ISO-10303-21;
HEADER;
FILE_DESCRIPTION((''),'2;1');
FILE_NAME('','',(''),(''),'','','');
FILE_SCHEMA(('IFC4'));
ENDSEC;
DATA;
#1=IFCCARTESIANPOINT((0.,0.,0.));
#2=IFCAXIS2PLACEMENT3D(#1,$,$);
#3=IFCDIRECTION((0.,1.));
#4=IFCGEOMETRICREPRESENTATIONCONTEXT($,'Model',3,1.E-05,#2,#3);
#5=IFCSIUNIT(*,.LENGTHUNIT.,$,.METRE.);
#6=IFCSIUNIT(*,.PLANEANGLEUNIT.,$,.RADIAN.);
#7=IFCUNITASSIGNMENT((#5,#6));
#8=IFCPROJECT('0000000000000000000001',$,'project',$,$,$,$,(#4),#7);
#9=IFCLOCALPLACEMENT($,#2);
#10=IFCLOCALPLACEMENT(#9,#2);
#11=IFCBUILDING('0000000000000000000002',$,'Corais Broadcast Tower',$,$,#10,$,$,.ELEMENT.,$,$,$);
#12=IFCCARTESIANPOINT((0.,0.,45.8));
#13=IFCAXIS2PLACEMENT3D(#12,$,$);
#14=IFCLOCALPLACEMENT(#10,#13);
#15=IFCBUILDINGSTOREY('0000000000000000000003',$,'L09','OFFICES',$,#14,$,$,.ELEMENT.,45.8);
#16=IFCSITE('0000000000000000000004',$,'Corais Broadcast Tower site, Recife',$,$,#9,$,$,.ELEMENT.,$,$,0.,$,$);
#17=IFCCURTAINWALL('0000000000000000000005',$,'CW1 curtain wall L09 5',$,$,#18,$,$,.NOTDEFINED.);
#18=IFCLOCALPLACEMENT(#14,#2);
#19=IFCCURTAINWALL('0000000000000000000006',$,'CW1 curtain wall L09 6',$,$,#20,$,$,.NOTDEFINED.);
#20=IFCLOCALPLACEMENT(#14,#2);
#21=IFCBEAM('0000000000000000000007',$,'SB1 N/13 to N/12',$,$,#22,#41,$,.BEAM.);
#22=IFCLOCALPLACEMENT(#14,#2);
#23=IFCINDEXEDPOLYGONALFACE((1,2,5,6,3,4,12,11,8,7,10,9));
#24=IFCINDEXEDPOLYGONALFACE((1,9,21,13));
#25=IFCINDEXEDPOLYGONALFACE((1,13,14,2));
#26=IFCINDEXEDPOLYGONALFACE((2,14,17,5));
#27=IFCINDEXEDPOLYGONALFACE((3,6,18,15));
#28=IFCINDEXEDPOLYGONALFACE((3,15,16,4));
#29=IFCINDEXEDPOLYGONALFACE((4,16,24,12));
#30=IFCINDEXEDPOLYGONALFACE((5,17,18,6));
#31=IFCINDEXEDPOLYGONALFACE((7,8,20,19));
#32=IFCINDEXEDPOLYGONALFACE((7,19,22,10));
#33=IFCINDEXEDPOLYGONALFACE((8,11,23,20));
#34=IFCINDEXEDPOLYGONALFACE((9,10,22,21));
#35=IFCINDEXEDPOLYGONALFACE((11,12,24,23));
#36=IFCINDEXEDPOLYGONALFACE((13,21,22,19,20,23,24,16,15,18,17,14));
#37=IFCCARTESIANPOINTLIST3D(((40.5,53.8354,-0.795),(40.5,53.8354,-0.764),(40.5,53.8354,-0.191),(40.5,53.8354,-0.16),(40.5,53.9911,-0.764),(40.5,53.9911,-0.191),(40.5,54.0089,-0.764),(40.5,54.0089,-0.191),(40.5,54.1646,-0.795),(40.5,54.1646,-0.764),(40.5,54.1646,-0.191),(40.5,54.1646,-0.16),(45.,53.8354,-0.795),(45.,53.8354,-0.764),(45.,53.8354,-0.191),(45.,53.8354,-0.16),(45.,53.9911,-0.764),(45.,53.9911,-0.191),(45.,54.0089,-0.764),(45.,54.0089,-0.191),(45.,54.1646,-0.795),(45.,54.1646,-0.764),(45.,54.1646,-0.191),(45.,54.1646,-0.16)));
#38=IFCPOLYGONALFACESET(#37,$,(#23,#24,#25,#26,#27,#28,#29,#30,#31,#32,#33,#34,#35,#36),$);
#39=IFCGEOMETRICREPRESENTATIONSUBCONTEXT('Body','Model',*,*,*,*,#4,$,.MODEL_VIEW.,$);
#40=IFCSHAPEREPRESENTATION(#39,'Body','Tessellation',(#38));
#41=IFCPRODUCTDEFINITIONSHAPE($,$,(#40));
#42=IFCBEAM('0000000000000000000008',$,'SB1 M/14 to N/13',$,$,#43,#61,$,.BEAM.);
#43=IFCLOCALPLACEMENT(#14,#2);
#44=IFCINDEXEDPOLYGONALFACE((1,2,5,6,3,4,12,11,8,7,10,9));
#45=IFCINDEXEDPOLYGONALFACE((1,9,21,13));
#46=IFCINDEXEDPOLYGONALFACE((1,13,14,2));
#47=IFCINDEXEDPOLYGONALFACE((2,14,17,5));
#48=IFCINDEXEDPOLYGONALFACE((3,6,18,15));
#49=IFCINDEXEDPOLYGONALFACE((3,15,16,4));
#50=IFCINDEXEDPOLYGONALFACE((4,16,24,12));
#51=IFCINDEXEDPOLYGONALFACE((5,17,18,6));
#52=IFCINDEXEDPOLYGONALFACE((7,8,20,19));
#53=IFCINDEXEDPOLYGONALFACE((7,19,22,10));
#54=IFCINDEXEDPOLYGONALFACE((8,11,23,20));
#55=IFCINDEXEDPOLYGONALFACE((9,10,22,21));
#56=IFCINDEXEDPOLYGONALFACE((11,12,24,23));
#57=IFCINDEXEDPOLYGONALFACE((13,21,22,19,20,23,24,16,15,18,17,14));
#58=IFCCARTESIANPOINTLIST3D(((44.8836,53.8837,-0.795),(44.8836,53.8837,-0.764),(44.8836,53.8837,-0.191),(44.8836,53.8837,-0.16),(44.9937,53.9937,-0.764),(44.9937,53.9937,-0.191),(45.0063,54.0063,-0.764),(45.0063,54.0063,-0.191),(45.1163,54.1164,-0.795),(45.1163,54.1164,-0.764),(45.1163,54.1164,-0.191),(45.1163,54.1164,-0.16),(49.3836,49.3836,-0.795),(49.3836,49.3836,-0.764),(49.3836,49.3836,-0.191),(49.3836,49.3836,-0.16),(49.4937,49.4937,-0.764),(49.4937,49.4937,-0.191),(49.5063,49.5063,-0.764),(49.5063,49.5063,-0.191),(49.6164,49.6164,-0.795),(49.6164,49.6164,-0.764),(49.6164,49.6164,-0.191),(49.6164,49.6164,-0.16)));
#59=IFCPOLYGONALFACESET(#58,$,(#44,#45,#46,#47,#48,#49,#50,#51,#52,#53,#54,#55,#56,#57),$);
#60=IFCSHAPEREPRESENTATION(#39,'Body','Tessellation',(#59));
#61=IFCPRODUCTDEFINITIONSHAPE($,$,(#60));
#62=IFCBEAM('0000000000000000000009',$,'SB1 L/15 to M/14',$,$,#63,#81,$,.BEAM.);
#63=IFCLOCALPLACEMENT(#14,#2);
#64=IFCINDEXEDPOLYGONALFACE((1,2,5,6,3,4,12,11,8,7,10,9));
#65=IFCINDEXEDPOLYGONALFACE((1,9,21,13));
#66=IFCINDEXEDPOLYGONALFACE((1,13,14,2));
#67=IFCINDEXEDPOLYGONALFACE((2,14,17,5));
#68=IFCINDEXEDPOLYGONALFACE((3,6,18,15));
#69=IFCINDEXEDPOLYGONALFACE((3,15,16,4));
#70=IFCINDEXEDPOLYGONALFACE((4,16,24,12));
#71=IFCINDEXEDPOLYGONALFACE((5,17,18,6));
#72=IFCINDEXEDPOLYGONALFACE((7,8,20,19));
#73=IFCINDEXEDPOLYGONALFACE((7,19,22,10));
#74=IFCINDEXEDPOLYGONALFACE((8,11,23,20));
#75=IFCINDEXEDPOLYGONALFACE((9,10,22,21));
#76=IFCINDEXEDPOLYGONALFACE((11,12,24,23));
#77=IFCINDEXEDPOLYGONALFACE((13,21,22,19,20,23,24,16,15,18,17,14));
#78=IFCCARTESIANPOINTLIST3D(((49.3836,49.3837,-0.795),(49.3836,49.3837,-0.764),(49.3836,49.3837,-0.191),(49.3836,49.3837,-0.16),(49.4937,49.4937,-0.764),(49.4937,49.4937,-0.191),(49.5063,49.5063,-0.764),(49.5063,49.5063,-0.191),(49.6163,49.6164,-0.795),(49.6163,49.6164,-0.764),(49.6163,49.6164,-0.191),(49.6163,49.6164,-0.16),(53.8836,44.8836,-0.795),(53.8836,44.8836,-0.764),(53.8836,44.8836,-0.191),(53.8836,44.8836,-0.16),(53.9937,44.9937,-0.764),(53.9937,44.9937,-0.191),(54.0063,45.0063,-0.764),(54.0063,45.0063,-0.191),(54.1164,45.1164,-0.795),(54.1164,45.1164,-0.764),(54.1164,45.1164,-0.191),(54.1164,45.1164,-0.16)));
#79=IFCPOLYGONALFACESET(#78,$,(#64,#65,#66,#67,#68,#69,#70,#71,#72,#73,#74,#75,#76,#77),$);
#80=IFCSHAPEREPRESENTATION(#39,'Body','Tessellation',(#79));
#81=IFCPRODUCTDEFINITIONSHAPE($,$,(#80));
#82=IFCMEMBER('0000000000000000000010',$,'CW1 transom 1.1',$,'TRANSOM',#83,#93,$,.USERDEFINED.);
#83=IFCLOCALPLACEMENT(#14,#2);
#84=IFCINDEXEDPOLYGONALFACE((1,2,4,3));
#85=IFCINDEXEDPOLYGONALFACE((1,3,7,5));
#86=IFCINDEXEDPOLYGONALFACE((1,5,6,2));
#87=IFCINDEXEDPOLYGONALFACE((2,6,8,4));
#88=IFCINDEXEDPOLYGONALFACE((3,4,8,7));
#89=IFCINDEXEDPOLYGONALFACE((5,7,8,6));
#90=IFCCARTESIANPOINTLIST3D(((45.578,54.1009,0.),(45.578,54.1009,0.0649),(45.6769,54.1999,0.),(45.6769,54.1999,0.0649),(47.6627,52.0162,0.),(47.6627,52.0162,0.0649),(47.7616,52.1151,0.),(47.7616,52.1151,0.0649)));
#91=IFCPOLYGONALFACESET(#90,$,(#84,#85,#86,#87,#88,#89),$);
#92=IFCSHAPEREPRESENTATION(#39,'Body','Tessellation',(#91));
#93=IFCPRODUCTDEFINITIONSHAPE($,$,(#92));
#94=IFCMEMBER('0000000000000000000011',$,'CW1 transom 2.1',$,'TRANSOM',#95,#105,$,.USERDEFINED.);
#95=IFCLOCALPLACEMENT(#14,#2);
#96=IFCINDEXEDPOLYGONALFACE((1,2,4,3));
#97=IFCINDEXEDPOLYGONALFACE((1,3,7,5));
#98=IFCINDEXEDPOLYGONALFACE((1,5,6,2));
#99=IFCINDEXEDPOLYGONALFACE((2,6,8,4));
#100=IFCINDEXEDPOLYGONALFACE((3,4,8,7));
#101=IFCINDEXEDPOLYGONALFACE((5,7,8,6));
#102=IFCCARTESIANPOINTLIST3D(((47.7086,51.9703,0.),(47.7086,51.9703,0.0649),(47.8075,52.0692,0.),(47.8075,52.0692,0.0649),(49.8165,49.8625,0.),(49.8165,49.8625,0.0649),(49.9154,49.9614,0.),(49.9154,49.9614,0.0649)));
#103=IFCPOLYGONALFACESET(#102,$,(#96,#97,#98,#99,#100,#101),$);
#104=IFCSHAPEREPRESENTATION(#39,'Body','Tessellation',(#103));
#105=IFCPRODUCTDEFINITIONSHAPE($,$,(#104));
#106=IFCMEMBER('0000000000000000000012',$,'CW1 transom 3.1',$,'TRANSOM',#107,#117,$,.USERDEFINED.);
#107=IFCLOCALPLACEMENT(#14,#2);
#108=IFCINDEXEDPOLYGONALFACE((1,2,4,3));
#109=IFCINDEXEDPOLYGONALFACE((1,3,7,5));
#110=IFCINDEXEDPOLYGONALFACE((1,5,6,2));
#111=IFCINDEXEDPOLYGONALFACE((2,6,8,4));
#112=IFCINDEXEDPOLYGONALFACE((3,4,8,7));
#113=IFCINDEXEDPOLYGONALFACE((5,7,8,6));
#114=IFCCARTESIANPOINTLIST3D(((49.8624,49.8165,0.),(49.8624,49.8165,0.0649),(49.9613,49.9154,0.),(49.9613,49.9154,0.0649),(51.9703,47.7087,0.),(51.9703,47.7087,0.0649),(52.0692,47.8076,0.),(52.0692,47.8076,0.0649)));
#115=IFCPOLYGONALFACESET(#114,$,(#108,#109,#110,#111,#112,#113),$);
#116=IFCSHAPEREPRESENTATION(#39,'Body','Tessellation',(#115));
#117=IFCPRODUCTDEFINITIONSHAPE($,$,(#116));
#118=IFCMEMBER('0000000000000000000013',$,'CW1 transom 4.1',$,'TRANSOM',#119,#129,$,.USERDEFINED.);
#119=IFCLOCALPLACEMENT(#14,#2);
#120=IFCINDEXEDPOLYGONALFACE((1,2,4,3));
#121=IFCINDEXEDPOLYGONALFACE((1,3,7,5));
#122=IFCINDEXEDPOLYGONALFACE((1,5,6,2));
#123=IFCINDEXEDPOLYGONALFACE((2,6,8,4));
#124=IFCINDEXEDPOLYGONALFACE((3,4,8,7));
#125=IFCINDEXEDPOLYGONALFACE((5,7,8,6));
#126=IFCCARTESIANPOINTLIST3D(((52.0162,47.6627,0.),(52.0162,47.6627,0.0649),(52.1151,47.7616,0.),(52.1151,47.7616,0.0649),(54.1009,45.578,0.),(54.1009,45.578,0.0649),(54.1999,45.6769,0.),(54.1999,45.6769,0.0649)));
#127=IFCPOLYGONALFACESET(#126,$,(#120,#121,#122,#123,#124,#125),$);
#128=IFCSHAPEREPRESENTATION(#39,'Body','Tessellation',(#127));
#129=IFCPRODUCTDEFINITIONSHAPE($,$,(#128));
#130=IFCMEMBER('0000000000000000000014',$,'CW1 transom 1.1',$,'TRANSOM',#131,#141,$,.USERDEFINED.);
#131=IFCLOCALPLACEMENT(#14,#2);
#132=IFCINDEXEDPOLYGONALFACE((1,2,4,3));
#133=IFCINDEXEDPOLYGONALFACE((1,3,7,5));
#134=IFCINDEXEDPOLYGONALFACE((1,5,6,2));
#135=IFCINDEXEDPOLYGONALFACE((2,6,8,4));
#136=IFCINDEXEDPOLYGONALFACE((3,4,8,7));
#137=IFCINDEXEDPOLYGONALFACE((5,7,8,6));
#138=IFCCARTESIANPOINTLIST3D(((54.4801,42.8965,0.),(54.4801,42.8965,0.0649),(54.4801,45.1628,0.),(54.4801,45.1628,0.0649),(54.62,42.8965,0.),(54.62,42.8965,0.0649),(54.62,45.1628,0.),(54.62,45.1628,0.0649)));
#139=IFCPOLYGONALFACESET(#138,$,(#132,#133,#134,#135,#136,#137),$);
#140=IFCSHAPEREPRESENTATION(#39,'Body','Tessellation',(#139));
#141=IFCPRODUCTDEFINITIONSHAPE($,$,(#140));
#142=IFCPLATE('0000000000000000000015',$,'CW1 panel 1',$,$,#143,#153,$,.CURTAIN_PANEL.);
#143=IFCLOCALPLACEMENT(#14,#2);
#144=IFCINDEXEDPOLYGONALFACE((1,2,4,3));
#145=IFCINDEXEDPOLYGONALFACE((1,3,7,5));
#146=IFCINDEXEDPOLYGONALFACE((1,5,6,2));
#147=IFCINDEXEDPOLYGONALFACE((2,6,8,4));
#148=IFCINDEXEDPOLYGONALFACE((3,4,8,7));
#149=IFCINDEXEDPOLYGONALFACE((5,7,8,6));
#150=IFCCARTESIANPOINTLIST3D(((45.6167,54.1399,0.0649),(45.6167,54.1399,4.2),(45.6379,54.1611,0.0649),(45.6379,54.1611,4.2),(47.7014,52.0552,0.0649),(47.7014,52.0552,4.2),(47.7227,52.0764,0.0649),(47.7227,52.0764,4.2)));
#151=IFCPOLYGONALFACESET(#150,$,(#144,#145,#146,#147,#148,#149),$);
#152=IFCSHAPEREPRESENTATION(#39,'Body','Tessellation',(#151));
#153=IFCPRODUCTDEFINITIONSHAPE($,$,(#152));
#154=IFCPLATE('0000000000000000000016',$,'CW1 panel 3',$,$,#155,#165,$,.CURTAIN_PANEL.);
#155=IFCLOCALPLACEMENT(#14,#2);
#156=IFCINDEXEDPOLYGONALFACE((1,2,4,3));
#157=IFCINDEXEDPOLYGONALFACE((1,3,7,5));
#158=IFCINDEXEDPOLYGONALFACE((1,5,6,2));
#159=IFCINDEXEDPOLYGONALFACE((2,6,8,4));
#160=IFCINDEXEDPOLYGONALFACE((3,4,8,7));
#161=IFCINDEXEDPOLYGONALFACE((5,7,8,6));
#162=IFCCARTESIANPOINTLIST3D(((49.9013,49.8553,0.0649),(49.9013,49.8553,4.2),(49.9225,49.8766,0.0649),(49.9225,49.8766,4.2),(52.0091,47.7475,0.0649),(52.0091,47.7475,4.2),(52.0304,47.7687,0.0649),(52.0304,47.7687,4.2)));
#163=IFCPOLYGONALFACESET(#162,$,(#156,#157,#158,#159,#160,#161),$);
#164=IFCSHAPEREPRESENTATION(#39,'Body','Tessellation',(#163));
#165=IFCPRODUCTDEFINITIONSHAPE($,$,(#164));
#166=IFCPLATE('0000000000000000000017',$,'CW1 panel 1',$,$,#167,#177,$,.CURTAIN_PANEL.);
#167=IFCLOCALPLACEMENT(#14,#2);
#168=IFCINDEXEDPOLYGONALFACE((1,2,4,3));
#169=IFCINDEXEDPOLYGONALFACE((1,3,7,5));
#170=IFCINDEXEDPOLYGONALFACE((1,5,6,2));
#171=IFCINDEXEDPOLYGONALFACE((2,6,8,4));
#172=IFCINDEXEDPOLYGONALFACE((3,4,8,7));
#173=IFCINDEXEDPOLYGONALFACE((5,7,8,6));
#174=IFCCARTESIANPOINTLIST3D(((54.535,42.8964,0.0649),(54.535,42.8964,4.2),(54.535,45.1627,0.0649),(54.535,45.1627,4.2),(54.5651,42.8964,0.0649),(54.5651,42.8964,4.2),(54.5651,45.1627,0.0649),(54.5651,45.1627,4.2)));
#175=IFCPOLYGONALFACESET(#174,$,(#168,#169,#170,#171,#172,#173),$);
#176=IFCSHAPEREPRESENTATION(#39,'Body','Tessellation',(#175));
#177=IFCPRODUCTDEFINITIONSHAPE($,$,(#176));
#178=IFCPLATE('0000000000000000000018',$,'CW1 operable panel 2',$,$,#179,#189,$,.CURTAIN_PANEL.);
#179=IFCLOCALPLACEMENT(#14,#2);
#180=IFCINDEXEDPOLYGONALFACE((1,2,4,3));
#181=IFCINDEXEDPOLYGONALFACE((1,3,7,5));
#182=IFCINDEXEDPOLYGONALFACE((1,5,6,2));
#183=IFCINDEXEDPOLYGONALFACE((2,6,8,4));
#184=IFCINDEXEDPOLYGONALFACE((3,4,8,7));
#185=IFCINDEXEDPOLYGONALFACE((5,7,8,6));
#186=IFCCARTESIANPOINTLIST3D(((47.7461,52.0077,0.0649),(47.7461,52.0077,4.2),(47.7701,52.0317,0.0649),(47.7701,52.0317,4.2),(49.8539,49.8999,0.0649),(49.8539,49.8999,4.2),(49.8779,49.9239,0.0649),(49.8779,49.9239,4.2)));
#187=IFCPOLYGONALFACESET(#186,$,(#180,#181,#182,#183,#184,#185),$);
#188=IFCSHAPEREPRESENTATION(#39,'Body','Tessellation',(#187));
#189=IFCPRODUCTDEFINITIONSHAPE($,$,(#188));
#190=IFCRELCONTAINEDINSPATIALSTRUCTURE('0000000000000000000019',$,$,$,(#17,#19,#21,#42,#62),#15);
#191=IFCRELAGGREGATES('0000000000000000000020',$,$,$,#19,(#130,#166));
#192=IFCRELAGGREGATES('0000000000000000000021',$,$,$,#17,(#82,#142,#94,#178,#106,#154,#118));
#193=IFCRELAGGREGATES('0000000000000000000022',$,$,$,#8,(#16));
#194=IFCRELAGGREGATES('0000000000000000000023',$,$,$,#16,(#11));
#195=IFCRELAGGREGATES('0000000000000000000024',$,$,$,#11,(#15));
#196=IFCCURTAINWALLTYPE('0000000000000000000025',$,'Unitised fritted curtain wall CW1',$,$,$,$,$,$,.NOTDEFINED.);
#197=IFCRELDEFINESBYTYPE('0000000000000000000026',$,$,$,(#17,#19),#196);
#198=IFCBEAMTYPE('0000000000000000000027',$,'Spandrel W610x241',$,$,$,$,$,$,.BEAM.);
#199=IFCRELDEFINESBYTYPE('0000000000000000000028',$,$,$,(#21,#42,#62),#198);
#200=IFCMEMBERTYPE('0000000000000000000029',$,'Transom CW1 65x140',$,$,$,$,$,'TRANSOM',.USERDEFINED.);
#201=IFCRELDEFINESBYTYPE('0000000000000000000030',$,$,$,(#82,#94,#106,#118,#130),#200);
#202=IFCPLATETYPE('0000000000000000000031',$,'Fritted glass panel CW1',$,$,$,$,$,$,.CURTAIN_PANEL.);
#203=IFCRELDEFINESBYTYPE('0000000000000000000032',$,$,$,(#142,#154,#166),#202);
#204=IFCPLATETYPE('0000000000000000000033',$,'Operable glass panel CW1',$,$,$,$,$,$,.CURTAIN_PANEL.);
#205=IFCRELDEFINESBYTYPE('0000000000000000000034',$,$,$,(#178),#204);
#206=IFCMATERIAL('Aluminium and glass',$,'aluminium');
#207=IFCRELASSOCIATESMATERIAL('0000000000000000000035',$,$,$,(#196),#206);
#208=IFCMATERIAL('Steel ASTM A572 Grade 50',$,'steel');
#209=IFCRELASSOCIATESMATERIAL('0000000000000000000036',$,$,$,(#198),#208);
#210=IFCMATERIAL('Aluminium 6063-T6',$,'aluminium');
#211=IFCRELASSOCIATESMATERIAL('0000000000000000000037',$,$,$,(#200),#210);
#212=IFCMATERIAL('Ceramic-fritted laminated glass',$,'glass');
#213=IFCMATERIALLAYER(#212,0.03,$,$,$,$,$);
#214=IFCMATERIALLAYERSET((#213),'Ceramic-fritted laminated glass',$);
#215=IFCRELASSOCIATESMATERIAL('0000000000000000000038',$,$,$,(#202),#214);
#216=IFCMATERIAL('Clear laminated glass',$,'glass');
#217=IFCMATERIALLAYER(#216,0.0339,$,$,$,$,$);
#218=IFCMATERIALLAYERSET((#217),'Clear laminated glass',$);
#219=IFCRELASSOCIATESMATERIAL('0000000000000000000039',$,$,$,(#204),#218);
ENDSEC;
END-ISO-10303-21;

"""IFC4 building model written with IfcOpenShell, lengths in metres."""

from ifc_helpers import new_model, si_unit, direction, frame, origin, origin_2d, place, context, subcontext, project, spatial, rectangle, i_section, extrude, material, layer, layer_set, material_profile, profile_set, type_object, element, aggregate, save


model = new_model("IFC4")

# Units and contexts
model_context = context("Model", 3, precision=1e-05, world=origin(), true_north=direction((0.0, 1.0)))
body_context = subcontext(model_context, "Body", "Model", "MODEL_VIEW")
ifc_project = project(units=[si_unit("LENGTHUNIT", "METRE"), si_unit("PLANEANGLEUNIT", "RADIAN")], contexts=[model_context])

# Site, building, storey
site_placement = place(None, origin())
site = spatial("IfcSite", under=ifc_project, at=site_placement, Name="Corais Broadcast Tower site, Recife", CompositionType="ELEMENT", RefElevation=0.0)
building_placement = place(site_placement, origin())
building = spatial("IfcBuilding", under=site, at=building_placement, Name="Corais Broadcast Tower", CompositionType="ELEMENT")
storey_placement = place(building_placement, frame((0.0, 0.0, 45.8)))
storey = spatial("IfcBuildingStorey", under=building, at=storey_placement, Name="L09", Description="OFFICES", CompositionType="ELEMENT", Elevation=45.8)

# Shared definitions
ifc_material_1 = material(Name="Aluminium and glass", Category="aluminium")
curtain_wall_type = type_object("IfcCurtainWallType", Name="Unitised fritted curtain wall CW1", PredefinedType="NOTDEFINED", material=ifc_material_1)

# Curtain wall
curtain_wall_1_placement = place(storey_placement, origin())
curtain_wall_1 = element("IfcCurtainWall", 1, at=curtain_wall_1_placement, inside=storey, type_object=curtain_wall_type, Name="CW1 curtain wall L09 5", PredefinedType="NOTDEFINED")

# Curtain wall
curtain_wall_2_placement = place(storey_placement, origin())
curtain_wall_2 = element("IfcCurtainWall", 2, at=curtain_wall_2_placement, inside=storey, type_object=curtain_wall_type, Name="CW1 curtain wall L09 6", PredefinedType="NOTDEFINED")

# Beams
ifc_material_2 = material(Name="Steel ASTM A572 Grade 50", Category="steel")
ifc_material_profile_1 = material_profile(ifc_material_2, i_section(OverallWidth=0.3291, OverallDepth=0.635, WebThickness=0.0178, FlangeThickness=0.031, at=origin_2d()), Name="W610x241")
ifc_profile_set_1 = profile_set([ifc_material_profile_1], Name="Steel ASTM A572 Grade 50")
beam_type_1 = type_object("IfcBeamType", Name="Spandrel W610x241", PredefinedType="BEAM", material=ifc_profile_set_1)
beam_1_placement = place(storey_placement, frame((45.0, 54.0, -0.4775), z_axis=(-1.0, 0.0, 0.0), x_axis=(0.0, -1.0, 0.0)))
element("IfcBeam", 3, at=beam_1_placement, inside=storey, type_object=beam_type_1, Name="SB1 N/13 to N/12", PredefinedType="BEAM", context=body_context, shape_type="SweptSolid", body=[
    extrude(i_section(OverallWidth=0.3291, OverallDepth=0.635, WebThickness=0.0178, FlangeThickness=0.031, at=origin_2d()), origin(), (0.0, 0.0, 1.0), 4.5),
])
for number, where, z_axis, x_axis, name in (
    (4, (49.5, 49.5, -0.4775), (-0.707107, 0.707107, 0.0), (-0.707107, -0.707107, 0.0), "SB1 M/14 to N/13"),
    (5, (54.0, 45.0, -0.4775), (-0.707107, 0.707107, 0.0), (-0.707107, -0.707107, 0.0), "SB1 L/15 to M/14"),
):
    element("IfcBeam", number, at=place(storey_placement, frame(where, z_axis=z_axis, x_axis=x_axis)), inside=storey, type_object=beam_type_1, Name=name, PredefinedType="BEAM", context=body_context, shape_type="SweptSolid", body=[
        extrude(i_section(OverallWidth=0.3291, OverallDepth=0.635, WebThickness=0.0178, FlangeThickness=0.031, at=origin_2d()), origin(), (0.0, 0.0, 1.0), 6.364),
    ])

# Members
ifc_material_3 = material(Name="Aluminium 6063-T6", Category="aluminium")
ifc_material_profile_2 = material_profile(ifc_material_3, rectangle(XDim=0.1399, YDim=0.0649, at=origin_2d()), Name="Transom CW1 65x140")
ifc_profile_set_2 = profile_set([ifc_material_profile_2], Name="Aluminium 6063-T6")
member_type_1 = type_object("IfcMemberType", Name="Transom CW1 65x140", ElementType="TRANSOM", PredefinedType="USERDEFINED", material=ifc_profile_set_2)
member_1_placement = place(storey_placement, frame((45.6274, 54.1504, 0.0325), z_axis=(0.707107, -0.707107, 0.0), x_axis=(0.707107, 0.707107, 0.0)))
member_1 = element("IfcMember", 6, at=member_1_placement, type_object=member_type_1, Name="CW1 transom 1.1", ObjectType="TRANSOM", PredefinedType="USERDEFINED", context=body_context, shape_type="SweptSolid", body=[
    extrude(rectangle(XDim=0.1399, YDim=0.0649, at=origin_2d()), origin(), (0.0, 0.0, 1.0), 2.9482),
])
member_2_placement = place(storey_placement, frame((47.7581, 52.0198, 0.0325), z_axis=(0.707107, -0.707107, 0.0), x_axis=(0.707107, 0.707107, 0.0)))
member_2 = element("IfcMember", 7, at=member_2_placement, type_object=member_type_1, Name="CW1 transom 2.1", ObjectType="TRANSOM", PredefinedType="USERDEFINED", context=body_context, shape_type="SweptSolid", body=[
    extrude(rectangle(XDim=0.1399, YDim=0.0649, at=origin_2d()), origin(), (0.0, 0.0, 1.0), 2.981),
])
member_3_placement = place(storey_placement, frame((49.9119, 49.866, 0.0325), z_axis=(0.707107, -0.707107, 0.0), x_axis=(0.707107, 0.707107, 0.0)))
member_3 = element("IfcMember", 8, at=member_3_placement, type_object=member_type_1, Name="CW1 transom 3.1", ObjectType="TRANSOM", PredefinedType="USERDEFINED", context=body_context, shape_type="SweptSolid", body=[
    extrude(rectangle(XDim=0.1399, YDim=0.0649, at=origin_2d()), origin(), (0.0, 0.0, 1.0), 2.981),
])
member_4_placement = place(storey_placement, frame((52.0657, 47.7122, 0.0325), z_axis=(0.707107, -0.707107, 0.0), x_axis=(0.707107, 0.707107, 0.0)))
member_4 = element("IfcMember", 9, at=member_4_placement, type_object=member_type_1, Name="CW1 transom 4.1", ObjectType="TRANSOM", PredefinedType="USERDEFINED", context=body_context, shape_type="SweptSolid", body=[
    extrude(rectangle(XDim=0.1399, YDim=0.0649, at=origin_2d()), origin(), (0.0, 0.0, 1.0), 2.9482),
])
member_5_placement = place(storey_placement, frame((54.55, 45.1628, 0.0325), z_axis=(0.0, -1.0, 0.0), x_axis=(1.0, 0.0, 0.0)))
member_5 = element("IfcMember", 10, at=member_5_placement, type_object=member_type_1, Name="CW1 transom 1.1", ObjectType="TRANSOM", PredefinedType="USERDEFINED", context=body_context, shape_type="SweptSolid", body=[
    extrude(rectangle(XDim=0.1399, YDim=0.0649, at=origin_2d()), origin(), (0.0, 0.0, 1.0), 2.2664),
])

# Plates
ifc_material_4 = material(Name="Ceramic-fritted laminated glass", Category="glass")
ifc_layer_1 = layer(ifc_material_4, 0.03)
ifc_layer_set_1 = layer_set([ifc_layer_1], Name="Ceramic-fritted laminated glass")
plate_type_1 = type_object("IfcPlateType", Name="Fritted glass panel CW1", PredefinedType="CURTAIN_PANEL", material=ifc_layer_set_1)
plate_1_placement = place(storey_placement, frame((46.6697, 53.1082, 0.0649), z_axis=(0.0, 0.0, 1.0), x_axis=(0.707107, -0.707107, 0.0)))
plate_1 = element("IfcPlate", 11, at=plate_1_placement, type_object=plate_type_1, Name="CW1 panel 1", PredefinedType="CURTAIN_PANEL", context=body_context, shape_type="SweptSolid", body=[
    extrude(rectangle(XDim=2.9482, YDim=0.03, at=origin_2d()), origin(), (0.0, 0.0, 1.0), 4.135),
])
plate_2_placement = place(storey_placement, frame((50.9658, 48.812, 0.0649), z_axis=(0.0, 0.0, 1.0), x_axis=(0.707107, -0.707107, 0.0)))
plate_2 = element("IfcPlate", 12, at=plate_2_placement, type_object=plate_type_1, Name="CW1 panel 3", PredefinedType="CURTAIN_PANEL", context=body_context, shape_type="SweptSolid", body=[
    extrude(rectangle(XDim=2.981, YDim=0.03, at=origin_2d()), origin(), (0.0, 0.0, 1.0), 4.135),
])
plate_3_placement = place(storey_placement, frame((54.55, 44.0295, 0.0649), z_axis=(0.0, 0.0, 1.0), x_axis=(0.0, -1.0, 0.0)))
plate_3 = element("IfcPlate", 13, at=plate_3_placement, type_object=plate_type_1, Name="CW1 panel 1", PredefinedType="CURTAIN_PANEL", context=body_context, shape_type="SweptSolid", body=[
    extrude(rectangle(XDim=2.2664, YDim=0.03, at=origin_2d()), origin(), (0.0, 0.0, 1.0), 4.135),
])
aggregate(curtain_wall_2, [member_5, plate_3])
ifc_material_5 = material(Name="Clear laminated glass", Category="glass")
ifc_layer_2 = layer(ifc_material_5, 0.0339)
ifc_layer_set_2 = layer_set([ifc_layer_2], Name="Clear laminated glass")
plate_type_2 = type_object("IfcPlateType", Name="Operable glass panel CW1", PredefinedType="CURTAIN_PANEL", material=ifc_layer_set_2)
plate_4_placement = place(storey_placement, frame((48.812, 50.9658, 0.0649), z_axis=(0.0, 0.0, 1.0), x_axis=(0.707107, -0.707107, 0.0)))
plate_4 = element("IfcPlate", 14, at=plate_4_placement, type_object=plate_type_2, Name="CW1 operable panel 2", PredefinedType="CURTAIN_PANEL", context=body_context, shape_type="SweptSolid", body=[
    extrude(rectangle(XDim=2.981, YDim=0.0339, at=origin_2d()), origin(), (0.0, 0.0, 1.0), 4.135),
])
aggregate(curtain_wall_1, [member_1, plate_1, member_2, plate_4, member_3, plate_2, member_4])

save(model, "model.ifc")
